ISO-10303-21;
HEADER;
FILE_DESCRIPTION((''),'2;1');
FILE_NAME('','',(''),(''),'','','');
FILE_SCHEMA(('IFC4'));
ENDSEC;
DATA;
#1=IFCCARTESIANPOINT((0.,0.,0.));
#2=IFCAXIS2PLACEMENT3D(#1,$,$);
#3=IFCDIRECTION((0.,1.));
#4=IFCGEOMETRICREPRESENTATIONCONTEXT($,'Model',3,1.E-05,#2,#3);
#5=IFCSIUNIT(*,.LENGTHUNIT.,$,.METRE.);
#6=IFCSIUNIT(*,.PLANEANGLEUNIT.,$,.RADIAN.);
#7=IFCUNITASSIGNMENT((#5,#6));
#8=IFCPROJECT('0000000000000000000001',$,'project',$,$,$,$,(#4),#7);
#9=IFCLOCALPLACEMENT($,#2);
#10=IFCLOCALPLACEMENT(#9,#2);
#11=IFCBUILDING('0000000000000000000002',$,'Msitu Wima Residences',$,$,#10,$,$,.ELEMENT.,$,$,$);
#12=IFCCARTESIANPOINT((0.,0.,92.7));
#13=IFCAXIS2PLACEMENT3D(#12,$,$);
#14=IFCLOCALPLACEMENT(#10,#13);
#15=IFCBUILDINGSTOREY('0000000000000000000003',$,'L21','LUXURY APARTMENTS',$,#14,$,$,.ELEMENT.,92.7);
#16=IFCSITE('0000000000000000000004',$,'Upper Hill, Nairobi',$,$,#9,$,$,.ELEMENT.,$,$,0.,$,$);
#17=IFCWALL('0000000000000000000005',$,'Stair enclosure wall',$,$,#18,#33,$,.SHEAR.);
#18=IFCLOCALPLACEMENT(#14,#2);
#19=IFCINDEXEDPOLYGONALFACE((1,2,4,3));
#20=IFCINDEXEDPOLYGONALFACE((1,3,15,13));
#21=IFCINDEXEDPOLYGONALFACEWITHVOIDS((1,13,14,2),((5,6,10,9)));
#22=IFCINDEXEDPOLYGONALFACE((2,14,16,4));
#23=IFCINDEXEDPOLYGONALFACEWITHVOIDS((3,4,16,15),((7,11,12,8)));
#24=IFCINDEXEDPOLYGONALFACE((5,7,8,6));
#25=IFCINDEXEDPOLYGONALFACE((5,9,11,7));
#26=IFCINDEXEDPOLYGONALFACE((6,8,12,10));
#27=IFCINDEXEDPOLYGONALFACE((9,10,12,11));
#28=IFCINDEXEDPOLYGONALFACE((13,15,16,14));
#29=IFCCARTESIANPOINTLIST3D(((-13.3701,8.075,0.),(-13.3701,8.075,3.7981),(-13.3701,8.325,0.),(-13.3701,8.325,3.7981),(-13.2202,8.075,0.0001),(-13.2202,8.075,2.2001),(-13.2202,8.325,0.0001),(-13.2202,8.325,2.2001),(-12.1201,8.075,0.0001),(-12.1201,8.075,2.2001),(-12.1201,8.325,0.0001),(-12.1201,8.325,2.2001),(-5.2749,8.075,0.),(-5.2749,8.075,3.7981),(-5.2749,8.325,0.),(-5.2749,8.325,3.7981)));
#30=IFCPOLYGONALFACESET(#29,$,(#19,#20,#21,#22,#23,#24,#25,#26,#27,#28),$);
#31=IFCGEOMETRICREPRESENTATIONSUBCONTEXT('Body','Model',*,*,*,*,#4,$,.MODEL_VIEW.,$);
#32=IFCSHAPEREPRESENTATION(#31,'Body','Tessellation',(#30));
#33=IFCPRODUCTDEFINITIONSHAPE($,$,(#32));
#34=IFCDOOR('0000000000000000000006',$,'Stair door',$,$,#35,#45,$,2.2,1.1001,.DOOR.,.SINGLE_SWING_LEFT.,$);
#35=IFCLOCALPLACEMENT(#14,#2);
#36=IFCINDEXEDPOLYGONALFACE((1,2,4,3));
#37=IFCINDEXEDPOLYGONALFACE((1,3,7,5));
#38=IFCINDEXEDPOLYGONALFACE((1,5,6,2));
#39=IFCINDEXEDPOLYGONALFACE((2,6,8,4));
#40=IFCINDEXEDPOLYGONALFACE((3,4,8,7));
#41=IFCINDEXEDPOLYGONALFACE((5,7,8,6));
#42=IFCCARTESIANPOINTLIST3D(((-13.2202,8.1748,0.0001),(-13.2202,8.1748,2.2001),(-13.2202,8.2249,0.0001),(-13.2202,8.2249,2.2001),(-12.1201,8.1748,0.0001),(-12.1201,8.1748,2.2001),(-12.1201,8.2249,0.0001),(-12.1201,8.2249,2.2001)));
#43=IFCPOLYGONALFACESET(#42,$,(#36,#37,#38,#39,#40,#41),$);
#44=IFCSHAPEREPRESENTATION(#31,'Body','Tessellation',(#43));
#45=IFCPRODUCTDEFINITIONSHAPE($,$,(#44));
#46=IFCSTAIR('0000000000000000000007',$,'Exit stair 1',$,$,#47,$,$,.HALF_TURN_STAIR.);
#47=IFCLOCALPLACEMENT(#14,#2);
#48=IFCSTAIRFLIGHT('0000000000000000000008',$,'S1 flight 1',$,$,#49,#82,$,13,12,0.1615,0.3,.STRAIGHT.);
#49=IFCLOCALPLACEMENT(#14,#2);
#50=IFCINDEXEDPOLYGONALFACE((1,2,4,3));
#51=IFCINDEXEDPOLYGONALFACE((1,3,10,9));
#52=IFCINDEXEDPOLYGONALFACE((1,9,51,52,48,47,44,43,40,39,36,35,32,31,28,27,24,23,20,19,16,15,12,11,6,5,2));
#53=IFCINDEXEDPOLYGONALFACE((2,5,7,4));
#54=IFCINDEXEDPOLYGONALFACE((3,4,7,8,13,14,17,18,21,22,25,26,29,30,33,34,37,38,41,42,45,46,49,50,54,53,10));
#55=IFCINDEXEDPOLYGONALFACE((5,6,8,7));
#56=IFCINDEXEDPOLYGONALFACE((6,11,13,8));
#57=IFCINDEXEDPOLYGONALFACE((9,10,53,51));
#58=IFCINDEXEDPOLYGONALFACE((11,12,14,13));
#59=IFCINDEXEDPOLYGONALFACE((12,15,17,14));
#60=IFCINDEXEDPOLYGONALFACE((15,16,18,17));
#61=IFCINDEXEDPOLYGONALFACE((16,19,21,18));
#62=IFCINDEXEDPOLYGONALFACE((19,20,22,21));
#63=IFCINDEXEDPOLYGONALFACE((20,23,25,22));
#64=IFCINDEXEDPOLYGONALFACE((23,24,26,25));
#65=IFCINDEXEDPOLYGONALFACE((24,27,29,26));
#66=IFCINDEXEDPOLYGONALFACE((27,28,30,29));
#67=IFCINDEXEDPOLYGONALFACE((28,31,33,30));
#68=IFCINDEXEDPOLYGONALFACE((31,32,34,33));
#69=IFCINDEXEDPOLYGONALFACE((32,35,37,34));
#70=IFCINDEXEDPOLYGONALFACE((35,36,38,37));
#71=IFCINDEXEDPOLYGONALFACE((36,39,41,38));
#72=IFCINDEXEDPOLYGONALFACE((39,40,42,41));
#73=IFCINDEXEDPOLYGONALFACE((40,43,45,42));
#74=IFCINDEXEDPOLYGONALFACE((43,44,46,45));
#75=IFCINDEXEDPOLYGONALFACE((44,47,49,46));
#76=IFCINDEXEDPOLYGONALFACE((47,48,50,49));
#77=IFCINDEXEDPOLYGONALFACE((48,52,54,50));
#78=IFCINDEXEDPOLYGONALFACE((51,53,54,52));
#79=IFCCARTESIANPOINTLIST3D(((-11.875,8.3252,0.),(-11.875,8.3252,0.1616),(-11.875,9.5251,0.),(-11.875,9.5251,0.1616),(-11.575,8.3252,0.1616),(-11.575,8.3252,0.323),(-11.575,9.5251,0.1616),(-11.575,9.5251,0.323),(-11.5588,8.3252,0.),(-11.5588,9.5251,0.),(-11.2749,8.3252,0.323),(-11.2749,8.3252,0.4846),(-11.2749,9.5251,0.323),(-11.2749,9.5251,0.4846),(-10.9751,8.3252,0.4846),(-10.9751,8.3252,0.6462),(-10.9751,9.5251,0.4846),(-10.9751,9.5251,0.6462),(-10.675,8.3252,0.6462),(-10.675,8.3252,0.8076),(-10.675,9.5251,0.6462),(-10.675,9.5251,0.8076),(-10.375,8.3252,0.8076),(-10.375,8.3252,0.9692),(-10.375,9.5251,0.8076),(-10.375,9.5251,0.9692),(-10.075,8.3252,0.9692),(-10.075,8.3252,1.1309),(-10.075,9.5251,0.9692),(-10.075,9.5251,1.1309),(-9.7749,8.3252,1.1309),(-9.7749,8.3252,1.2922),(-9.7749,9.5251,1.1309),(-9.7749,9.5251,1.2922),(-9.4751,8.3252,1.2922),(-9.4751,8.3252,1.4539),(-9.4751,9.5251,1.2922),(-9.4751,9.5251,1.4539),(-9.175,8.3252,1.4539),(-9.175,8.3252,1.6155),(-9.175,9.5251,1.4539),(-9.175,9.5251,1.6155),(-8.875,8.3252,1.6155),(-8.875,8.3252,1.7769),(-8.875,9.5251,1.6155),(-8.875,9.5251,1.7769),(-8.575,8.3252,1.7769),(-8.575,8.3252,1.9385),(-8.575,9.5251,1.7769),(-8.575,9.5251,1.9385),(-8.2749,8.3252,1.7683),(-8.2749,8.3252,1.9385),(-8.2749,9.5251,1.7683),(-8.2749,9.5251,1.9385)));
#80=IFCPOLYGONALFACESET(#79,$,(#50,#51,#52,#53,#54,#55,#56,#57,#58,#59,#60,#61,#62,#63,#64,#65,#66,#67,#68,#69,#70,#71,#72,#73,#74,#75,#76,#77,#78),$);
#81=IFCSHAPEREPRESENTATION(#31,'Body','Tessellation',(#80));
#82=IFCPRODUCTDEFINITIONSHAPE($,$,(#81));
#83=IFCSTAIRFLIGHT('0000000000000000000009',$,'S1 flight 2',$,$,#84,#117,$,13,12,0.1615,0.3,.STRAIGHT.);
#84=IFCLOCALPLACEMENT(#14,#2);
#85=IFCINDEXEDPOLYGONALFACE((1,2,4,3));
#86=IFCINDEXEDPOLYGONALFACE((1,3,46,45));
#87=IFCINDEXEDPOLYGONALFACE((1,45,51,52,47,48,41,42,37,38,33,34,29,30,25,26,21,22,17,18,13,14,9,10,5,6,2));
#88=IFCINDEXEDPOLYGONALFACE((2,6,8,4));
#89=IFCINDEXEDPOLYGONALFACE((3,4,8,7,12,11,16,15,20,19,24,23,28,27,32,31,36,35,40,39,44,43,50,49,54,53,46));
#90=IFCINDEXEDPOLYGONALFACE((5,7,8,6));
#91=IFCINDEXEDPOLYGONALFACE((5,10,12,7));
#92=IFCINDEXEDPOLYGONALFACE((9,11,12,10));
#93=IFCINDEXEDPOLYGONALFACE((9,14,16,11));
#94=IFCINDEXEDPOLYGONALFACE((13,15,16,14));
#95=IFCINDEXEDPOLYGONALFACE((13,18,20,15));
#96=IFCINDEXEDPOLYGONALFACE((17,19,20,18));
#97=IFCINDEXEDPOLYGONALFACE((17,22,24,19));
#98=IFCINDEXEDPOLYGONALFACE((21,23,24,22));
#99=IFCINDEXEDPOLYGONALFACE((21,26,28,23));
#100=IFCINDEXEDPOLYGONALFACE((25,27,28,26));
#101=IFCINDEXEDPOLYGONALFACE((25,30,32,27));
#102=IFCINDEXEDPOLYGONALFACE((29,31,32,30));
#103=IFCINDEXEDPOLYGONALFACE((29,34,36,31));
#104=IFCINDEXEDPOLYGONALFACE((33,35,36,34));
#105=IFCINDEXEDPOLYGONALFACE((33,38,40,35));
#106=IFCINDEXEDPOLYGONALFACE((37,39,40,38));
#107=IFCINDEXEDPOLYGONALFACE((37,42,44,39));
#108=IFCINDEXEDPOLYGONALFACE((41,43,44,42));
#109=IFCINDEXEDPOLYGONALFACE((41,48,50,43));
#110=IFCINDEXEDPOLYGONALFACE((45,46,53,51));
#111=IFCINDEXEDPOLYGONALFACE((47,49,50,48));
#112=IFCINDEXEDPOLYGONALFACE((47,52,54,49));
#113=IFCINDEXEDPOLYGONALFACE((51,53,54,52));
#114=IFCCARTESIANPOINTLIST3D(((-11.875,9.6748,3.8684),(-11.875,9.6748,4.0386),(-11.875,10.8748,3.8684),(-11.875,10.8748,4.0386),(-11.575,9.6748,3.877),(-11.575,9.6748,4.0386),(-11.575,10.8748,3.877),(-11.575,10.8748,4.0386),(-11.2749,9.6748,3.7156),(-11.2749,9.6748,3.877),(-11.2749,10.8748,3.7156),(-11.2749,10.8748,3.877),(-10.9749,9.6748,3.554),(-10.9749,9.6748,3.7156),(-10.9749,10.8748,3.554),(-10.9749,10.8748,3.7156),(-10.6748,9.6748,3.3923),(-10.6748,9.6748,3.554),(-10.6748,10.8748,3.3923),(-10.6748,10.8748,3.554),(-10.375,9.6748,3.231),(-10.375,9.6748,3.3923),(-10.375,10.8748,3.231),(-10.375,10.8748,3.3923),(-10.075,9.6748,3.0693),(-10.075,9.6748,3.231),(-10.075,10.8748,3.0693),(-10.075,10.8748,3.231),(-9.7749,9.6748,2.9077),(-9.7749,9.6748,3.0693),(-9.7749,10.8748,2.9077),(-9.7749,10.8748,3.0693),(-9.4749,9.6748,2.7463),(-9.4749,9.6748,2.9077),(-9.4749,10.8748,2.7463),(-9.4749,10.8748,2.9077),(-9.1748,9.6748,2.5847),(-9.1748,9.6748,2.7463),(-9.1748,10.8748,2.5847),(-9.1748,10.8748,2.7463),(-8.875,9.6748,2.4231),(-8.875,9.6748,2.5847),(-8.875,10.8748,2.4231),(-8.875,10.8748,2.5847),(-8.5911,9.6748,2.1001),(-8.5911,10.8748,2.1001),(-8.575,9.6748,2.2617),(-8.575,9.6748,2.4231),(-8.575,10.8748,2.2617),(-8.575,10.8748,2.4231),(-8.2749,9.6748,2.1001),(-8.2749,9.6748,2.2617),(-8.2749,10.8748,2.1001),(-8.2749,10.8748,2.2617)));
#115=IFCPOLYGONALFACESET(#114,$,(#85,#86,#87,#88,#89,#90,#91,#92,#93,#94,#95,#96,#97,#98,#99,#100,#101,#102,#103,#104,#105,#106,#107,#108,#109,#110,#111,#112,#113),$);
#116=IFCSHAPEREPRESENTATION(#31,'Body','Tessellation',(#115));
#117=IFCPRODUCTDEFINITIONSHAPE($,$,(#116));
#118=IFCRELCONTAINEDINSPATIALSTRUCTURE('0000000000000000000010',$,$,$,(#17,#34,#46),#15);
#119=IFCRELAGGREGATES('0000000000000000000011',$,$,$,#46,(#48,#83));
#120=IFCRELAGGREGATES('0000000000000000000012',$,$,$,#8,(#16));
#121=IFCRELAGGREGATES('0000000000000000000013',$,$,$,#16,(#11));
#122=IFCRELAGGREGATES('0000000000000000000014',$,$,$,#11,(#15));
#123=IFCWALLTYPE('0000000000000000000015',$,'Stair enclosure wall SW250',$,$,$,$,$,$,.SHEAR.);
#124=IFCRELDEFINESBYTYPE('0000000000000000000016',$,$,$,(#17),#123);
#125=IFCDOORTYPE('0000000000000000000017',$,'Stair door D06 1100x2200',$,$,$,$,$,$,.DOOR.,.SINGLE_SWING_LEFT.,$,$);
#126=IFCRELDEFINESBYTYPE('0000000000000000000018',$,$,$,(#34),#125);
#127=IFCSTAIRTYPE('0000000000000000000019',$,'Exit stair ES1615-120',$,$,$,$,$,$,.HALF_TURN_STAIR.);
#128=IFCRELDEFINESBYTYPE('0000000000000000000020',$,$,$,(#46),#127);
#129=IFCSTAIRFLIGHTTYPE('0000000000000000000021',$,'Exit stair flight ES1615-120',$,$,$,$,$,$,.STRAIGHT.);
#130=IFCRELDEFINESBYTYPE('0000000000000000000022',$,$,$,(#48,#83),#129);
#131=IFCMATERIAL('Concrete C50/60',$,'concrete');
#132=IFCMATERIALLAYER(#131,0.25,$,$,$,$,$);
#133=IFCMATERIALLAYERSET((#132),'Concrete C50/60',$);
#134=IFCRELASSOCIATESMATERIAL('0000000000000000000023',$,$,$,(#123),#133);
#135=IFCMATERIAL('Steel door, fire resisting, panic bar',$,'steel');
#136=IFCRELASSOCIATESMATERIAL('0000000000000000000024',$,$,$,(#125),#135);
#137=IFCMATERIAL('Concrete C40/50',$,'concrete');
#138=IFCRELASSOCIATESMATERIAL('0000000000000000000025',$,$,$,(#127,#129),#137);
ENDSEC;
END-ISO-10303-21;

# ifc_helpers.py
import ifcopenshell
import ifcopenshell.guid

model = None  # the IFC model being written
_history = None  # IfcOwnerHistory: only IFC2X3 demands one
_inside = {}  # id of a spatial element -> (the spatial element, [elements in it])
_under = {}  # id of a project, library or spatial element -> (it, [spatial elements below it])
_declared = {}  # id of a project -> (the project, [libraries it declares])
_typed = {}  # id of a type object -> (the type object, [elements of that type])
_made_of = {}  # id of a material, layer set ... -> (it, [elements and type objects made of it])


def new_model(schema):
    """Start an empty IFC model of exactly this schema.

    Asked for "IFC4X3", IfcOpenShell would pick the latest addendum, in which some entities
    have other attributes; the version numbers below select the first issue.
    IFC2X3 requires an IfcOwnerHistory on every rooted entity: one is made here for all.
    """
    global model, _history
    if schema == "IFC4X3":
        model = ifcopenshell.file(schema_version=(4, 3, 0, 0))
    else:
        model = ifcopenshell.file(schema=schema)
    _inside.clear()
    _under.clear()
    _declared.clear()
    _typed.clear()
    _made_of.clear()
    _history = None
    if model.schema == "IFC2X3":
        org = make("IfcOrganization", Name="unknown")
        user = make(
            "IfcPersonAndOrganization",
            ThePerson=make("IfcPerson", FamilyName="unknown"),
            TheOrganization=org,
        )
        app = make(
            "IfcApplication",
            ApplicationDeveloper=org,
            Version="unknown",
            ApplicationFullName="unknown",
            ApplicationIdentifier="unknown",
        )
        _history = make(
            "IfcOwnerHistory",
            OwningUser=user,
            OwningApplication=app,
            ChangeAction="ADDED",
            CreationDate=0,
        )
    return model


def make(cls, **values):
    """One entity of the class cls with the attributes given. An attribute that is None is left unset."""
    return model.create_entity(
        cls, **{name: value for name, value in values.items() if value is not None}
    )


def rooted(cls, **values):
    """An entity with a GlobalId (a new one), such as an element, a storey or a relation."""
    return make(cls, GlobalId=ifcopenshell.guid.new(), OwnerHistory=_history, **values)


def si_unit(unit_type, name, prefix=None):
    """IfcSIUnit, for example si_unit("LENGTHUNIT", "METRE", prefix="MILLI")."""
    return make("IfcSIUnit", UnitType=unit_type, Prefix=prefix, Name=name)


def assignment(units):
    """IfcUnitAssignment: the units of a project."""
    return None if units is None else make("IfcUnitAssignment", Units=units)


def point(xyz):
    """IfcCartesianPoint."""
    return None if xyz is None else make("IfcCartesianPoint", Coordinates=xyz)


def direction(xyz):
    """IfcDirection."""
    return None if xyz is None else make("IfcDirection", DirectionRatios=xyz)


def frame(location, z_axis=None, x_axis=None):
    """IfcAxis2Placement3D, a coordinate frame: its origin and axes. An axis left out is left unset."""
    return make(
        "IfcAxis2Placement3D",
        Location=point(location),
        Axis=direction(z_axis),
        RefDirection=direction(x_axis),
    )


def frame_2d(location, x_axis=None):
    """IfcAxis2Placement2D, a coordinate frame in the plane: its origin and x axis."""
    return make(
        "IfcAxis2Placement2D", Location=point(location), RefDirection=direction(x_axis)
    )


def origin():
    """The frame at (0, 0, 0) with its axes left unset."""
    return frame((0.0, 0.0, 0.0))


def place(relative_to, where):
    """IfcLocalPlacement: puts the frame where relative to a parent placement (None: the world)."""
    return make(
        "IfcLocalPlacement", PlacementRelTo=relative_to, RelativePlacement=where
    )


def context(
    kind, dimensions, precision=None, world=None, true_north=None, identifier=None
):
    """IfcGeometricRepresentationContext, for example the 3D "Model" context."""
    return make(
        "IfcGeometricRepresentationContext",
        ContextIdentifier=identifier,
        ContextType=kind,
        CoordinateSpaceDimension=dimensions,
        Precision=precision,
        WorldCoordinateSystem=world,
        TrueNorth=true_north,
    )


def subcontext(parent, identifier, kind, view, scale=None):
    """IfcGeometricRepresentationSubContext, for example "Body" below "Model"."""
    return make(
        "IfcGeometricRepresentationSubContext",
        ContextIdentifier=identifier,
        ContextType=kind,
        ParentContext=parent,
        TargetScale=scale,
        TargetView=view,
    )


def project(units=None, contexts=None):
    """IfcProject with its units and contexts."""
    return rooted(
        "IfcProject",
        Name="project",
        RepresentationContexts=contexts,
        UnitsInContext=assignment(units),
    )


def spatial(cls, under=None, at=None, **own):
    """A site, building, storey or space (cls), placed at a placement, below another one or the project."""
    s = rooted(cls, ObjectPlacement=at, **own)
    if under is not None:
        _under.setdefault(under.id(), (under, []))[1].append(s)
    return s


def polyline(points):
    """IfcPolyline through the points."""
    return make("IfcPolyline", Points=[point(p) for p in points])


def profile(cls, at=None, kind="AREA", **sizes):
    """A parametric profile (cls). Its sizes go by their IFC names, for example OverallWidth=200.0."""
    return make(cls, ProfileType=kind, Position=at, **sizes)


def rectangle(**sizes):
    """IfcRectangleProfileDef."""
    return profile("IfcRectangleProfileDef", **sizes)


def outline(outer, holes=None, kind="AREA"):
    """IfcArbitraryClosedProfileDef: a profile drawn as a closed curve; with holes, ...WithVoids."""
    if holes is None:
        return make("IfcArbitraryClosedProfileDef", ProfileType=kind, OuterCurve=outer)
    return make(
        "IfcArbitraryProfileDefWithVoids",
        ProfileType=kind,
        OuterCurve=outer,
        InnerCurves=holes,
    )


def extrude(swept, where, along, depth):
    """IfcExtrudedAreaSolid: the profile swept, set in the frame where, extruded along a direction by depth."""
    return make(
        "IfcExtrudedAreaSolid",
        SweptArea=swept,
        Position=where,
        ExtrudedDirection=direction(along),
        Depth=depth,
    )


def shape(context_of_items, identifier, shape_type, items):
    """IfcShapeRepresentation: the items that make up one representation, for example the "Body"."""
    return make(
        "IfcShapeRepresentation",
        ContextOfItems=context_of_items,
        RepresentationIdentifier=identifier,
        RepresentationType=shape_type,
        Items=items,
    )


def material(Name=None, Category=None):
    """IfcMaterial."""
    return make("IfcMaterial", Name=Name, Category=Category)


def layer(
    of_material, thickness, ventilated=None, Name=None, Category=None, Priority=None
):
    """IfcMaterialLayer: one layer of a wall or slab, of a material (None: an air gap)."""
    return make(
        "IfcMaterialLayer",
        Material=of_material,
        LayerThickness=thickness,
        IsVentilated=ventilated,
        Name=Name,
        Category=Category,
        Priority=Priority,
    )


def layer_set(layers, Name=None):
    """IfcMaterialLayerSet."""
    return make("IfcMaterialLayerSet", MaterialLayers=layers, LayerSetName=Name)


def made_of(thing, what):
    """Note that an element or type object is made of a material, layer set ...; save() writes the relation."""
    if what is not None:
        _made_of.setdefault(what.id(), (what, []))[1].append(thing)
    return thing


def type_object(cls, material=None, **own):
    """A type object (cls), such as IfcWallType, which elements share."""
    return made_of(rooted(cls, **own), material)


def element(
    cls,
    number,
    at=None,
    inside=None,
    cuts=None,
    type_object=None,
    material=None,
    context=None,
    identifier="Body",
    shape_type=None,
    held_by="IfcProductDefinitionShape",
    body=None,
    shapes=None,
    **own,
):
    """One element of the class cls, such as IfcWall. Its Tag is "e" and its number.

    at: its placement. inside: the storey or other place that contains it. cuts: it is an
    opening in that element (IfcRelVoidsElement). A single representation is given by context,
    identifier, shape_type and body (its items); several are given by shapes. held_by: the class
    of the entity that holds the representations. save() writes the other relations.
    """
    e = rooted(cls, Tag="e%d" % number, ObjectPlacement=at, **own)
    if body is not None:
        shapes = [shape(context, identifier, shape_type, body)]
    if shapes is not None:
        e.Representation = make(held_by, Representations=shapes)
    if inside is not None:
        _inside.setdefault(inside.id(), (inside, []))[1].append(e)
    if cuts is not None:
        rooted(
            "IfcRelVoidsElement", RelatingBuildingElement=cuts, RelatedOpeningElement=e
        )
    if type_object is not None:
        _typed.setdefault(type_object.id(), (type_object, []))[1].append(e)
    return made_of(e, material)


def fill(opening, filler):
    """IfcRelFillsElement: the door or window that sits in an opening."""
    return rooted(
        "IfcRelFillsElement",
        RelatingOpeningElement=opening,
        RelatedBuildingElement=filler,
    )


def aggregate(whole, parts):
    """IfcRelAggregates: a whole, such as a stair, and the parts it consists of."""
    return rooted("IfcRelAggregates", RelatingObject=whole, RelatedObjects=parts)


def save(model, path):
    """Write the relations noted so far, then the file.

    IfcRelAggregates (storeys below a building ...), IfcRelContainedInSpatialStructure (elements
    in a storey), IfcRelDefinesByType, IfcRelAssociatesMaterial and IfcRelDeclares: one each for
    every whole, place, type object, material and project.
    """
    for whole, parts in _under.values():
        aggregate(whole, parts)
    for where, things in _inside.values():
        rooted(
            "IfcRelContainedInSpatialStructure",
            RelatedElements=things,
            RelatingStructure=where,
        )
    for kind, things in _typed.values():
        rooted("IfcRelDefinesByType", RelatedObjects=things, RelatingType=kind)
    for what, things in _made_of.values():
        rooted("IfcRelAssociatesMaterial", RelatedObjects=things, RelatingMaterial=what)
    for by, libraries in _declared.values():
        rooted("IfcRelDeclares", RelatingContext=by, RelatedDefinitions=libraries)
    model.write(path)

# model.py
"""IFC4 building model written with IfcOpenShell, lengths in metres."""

from ifc_helpers import new_model, si_unit, direction, frame, frame_2d, origin, place, context, subcontext, project, spatial, polyline, rectangle, outline, extrude, material, layer, layer_set, type_object, element, fill, aggregate, save


model = new_model("IFC4")

# Units and contexts
model_context = context("Model", 3, precision=1e-05, world=origin(), true_north=direction((0.0, 1.0)))
body_context = subcontext(model_context, "Body", "Model", "MODEL_VIEW")
ifc_project = project(units=[si_unit("LENGTHUNIT", "METRE"), si_unit("PLANEANGLEUNIT", "RADIAN")], contexts=[model_context])

# Site, building, storey
site_placement = place(None, origin())
site = spatial("IfcSite", under=ifc_project, at=site_placement, Name="Upper Hill, Nairobi", CompositionType="ELEMENT", RefElevation=0.0)
building_placement = place(site_placement, origin())
building = spatial("IfcBuilding", under=site, at=building_placement, Name="Msitu Wima Residences", CompositionType="ELEMENT")
storey_placement = place(building_placement, frame((0.0, 0.0, 92.7)))
storey = spatial("IfcBuildingStorey", under=building, at=storey_placement, Name="L21", Description="LUXURY APARTMENTS", CompositionType="ELEMENT", Elevation=92.7)

# Shared definitions
ifc_material_1 = material(Name="Concrete C40/50", Category="concrete")

# Wall, opening, door
ifc_material_2 = material(Name="Concrete C50/60", Category="concrete")
ifc_layer_1 = layer(ifc_material_2, 0.25)
ifc_layer_set_1 = layer_set([ifc_layer_1], Name="Concrete C50/60")
wall_type_1 = type_object("IfcWallType", Name="Stair enclosure wall SW250", PredefinedType="SHEAR", material=ifc_layer_set_1)
wall_1_placement = place(storey_placement, frame((-13.3701, 8.2, 0.0), z_axis=(0.0, 0.0, 1.0), x_axis=(1.0, 0.0, 0.0)))
wall_1 = element("IfcWall", 1, at=wall_1_placement, inside=storey, type_object=wall_type_1, Name="Stair enclosure wall", PredefinedType="SHEAR", context=body_context, shape_type="SweptSolid", body=[
    extrude(rectangle(XDim=8.0952, YDim=0.25, at=frame_2d((4.0476, 0.0))), origin(), (0.0, 0.0, 1.0), 3.7981),
])
opening_1_placement = place(wall_1_placement, frame((0.1499, 0.0, 0.0)))
opening_1 = element("IfcOpeningElement", 2, at=opening_1_placement, cuts=wall_1, PredefinedType="OPENING", context=body_context, shape_type="SweptSolid", body=[
    extrude(rectangle(XDim=1.1001, YDim=2.2, at=frame_2d((0.55, 1.1001))), frame((0.0, 0.135, 0.0), z_axis=(0.0, -1.0, 0.0), x_axis=(1.0, 0.0, 0.0)), (0.0, 0.0, 1.0), 0.27),
])
ifc_material_3 = material(Name="Steel door, fire resisting, panic bar", Category="steel")
door_type_1 = type_object("IfcDoorType", Name="Stair door D06 1100x2200", OperationType="SINGLE_SWING_LEFT", PredefinedType="DOOR", material=ifc_material_3)
door_1_placement = place(opening_1_placement, origin())
door_1 = element("IfcDoor", 3, at=door_1_placement, inside=storey, type_object=door_type_1, Name="Stair door", OperationType="SINGLE_SWING_LEFT", OverallHeight=2.2, OverallWidth=1.1001, PredefinedType="DOOR", context=body_context, shape_type="SweptSolid", body=[
    extrude(rectangle(XDim=1.1001, YDim=2.2, at=frame_2d((0.55, 1.1001))), frame((0.0, 0.0249, 0.0), z_axis=(0.0, -1.0, 0.0), x_axis=(1.0, 0.0, 0.0)), (0.0, 0.0, 1.0), 0.05),
])
fill(opening_1, door_1)

# Stair, stair flights
stair_type = type_object("IfcStairType", Name="Exit stair ES1615-120", PredefinedType="HALF_TURN_STAIR", material=ifc_material_1)
stair_placement = place(storey_placement, origin())
stair = element("IfcStair", 4, at=stair_placement, inside=storey, type_object=stair_type, Name="Exit stair 1", PredefinedType="HALF_TURN_STAIR")
stair_flight_type = type_object("IfcStairFlightType", Name="Exit stair flight ES1615-120", PredefinedType="STRAIGHT", material=ifc_material_1)
stair_flight_1_placement = place(storey_placement, frame((-11.875, 8.925, 0.0), z_axis=(0.0, 0.0, 1.0), x_axis=(1.0, 0.0, 0.0)))
stair_flight_1 = element("IfcStairFlight", 5, at=stair_flight_1_placement, type_object=stair_flight_type, Name="S1 flight 1", NumberOfRisers=13, NumberOfTreads=12, PredefinedType="STRAIGHT", RiserHeight=0.1615, TreadLength=0.3, context=body_context, shape_type="SweptSolid", body=[
    extrude(outline(polyline([(0.0, 0.0), (0.0, 0.1616), (0.3, 0.1616), (0.3, 0.323), (0.6001, 0.323), (0.6001, 0.4846), (0.8999, 0.4846), (0.8999, 0.6462), (1.2, 0.6462), (1.2, 0.8076), (1.5, 0.8076), (1.5, 0.9692), (1.8, 0.9692), (1.8, 1.1309), (2.1001, 1.1309), (2.1001, 1.2922), (2.3999, 1.2922), (2.3999, 1.4539), (2.7, 1.4539), (2.7, 1.6155), (3.0, 1.6155), (3.0, 1.7769), (3.3, 1.7769), (3.3, 1.9385), (3.6001, 1.9385), (3.6001, 2.1001), (3.6001, 1.7683), (0.3162, 0.0), (0.0, 0.0)])), frame((0.0, 0.6001, 0.0), z_axis=(0.0, -1.0, 0.0), x_axis=(1.0, 0.0, 0.0)), (0.0, 0.0, 1.0), 1.2),
])
stair_flight_2_placement = place(storey_placement, frame((-8.2749, 10.2749, 2.1001), z_axis=(0.0, 0.0, 1.0), x_axis=(-1.0, 0.0, 0.0)))
stair_flight_2 = element("IfcStairFlight", 6, at=stair_flight_2_placement, type_object=stair_flight_type, Name="S1 flight 2", NumberOfRisers=13, NumberOfTreads=12, PredefinedType="STRAIGHT", RiserHeight=0.1615, TreadLength=0.3, context=body_context, shape_type="SweptSolid", body=[
    extrude(outline(polyline([(0.0, 0.0), (0.0, 0.1616), (0.3, 0.1616), (0.3, 0.323), (0.6001, 0.323), (0.6001, 0.4846), (0.8999, 0.4846), (0.8999, 0.6462), (1.2, 0.6462), (1.2, 0.8076), (1.5, 0.8076), (1.5, 0.9692), (1.8, 0.9692), (1.8, 1.1309), (2.1001, 1.1309), (2.1001, 1.2922), (2.3999, 1.2922), (2.3999, 1.4539), (2.7, 1.4539), (2.7, 1.6155), (3.0, 1.6155), (3.0, 1.7769), (3.3, 1.7769), (3.3, 1.9385), (3.6001, 1.9385), (3.6001, 2.1001), (3.6001, 1.7683), (0.3162, 0.0), (0.0, 0.0)])), frame((0.0, 0.6001, 0.0), z_axis=(0.0, -1.0, 0.0), x_axis=(1.0, 0.0, 0.0)), (0.0, 0.0, 1.0), 1.2),
])
aggregate(stair, [stair_flight_1, stair_flight_2])

save(model, "model.ifc")
